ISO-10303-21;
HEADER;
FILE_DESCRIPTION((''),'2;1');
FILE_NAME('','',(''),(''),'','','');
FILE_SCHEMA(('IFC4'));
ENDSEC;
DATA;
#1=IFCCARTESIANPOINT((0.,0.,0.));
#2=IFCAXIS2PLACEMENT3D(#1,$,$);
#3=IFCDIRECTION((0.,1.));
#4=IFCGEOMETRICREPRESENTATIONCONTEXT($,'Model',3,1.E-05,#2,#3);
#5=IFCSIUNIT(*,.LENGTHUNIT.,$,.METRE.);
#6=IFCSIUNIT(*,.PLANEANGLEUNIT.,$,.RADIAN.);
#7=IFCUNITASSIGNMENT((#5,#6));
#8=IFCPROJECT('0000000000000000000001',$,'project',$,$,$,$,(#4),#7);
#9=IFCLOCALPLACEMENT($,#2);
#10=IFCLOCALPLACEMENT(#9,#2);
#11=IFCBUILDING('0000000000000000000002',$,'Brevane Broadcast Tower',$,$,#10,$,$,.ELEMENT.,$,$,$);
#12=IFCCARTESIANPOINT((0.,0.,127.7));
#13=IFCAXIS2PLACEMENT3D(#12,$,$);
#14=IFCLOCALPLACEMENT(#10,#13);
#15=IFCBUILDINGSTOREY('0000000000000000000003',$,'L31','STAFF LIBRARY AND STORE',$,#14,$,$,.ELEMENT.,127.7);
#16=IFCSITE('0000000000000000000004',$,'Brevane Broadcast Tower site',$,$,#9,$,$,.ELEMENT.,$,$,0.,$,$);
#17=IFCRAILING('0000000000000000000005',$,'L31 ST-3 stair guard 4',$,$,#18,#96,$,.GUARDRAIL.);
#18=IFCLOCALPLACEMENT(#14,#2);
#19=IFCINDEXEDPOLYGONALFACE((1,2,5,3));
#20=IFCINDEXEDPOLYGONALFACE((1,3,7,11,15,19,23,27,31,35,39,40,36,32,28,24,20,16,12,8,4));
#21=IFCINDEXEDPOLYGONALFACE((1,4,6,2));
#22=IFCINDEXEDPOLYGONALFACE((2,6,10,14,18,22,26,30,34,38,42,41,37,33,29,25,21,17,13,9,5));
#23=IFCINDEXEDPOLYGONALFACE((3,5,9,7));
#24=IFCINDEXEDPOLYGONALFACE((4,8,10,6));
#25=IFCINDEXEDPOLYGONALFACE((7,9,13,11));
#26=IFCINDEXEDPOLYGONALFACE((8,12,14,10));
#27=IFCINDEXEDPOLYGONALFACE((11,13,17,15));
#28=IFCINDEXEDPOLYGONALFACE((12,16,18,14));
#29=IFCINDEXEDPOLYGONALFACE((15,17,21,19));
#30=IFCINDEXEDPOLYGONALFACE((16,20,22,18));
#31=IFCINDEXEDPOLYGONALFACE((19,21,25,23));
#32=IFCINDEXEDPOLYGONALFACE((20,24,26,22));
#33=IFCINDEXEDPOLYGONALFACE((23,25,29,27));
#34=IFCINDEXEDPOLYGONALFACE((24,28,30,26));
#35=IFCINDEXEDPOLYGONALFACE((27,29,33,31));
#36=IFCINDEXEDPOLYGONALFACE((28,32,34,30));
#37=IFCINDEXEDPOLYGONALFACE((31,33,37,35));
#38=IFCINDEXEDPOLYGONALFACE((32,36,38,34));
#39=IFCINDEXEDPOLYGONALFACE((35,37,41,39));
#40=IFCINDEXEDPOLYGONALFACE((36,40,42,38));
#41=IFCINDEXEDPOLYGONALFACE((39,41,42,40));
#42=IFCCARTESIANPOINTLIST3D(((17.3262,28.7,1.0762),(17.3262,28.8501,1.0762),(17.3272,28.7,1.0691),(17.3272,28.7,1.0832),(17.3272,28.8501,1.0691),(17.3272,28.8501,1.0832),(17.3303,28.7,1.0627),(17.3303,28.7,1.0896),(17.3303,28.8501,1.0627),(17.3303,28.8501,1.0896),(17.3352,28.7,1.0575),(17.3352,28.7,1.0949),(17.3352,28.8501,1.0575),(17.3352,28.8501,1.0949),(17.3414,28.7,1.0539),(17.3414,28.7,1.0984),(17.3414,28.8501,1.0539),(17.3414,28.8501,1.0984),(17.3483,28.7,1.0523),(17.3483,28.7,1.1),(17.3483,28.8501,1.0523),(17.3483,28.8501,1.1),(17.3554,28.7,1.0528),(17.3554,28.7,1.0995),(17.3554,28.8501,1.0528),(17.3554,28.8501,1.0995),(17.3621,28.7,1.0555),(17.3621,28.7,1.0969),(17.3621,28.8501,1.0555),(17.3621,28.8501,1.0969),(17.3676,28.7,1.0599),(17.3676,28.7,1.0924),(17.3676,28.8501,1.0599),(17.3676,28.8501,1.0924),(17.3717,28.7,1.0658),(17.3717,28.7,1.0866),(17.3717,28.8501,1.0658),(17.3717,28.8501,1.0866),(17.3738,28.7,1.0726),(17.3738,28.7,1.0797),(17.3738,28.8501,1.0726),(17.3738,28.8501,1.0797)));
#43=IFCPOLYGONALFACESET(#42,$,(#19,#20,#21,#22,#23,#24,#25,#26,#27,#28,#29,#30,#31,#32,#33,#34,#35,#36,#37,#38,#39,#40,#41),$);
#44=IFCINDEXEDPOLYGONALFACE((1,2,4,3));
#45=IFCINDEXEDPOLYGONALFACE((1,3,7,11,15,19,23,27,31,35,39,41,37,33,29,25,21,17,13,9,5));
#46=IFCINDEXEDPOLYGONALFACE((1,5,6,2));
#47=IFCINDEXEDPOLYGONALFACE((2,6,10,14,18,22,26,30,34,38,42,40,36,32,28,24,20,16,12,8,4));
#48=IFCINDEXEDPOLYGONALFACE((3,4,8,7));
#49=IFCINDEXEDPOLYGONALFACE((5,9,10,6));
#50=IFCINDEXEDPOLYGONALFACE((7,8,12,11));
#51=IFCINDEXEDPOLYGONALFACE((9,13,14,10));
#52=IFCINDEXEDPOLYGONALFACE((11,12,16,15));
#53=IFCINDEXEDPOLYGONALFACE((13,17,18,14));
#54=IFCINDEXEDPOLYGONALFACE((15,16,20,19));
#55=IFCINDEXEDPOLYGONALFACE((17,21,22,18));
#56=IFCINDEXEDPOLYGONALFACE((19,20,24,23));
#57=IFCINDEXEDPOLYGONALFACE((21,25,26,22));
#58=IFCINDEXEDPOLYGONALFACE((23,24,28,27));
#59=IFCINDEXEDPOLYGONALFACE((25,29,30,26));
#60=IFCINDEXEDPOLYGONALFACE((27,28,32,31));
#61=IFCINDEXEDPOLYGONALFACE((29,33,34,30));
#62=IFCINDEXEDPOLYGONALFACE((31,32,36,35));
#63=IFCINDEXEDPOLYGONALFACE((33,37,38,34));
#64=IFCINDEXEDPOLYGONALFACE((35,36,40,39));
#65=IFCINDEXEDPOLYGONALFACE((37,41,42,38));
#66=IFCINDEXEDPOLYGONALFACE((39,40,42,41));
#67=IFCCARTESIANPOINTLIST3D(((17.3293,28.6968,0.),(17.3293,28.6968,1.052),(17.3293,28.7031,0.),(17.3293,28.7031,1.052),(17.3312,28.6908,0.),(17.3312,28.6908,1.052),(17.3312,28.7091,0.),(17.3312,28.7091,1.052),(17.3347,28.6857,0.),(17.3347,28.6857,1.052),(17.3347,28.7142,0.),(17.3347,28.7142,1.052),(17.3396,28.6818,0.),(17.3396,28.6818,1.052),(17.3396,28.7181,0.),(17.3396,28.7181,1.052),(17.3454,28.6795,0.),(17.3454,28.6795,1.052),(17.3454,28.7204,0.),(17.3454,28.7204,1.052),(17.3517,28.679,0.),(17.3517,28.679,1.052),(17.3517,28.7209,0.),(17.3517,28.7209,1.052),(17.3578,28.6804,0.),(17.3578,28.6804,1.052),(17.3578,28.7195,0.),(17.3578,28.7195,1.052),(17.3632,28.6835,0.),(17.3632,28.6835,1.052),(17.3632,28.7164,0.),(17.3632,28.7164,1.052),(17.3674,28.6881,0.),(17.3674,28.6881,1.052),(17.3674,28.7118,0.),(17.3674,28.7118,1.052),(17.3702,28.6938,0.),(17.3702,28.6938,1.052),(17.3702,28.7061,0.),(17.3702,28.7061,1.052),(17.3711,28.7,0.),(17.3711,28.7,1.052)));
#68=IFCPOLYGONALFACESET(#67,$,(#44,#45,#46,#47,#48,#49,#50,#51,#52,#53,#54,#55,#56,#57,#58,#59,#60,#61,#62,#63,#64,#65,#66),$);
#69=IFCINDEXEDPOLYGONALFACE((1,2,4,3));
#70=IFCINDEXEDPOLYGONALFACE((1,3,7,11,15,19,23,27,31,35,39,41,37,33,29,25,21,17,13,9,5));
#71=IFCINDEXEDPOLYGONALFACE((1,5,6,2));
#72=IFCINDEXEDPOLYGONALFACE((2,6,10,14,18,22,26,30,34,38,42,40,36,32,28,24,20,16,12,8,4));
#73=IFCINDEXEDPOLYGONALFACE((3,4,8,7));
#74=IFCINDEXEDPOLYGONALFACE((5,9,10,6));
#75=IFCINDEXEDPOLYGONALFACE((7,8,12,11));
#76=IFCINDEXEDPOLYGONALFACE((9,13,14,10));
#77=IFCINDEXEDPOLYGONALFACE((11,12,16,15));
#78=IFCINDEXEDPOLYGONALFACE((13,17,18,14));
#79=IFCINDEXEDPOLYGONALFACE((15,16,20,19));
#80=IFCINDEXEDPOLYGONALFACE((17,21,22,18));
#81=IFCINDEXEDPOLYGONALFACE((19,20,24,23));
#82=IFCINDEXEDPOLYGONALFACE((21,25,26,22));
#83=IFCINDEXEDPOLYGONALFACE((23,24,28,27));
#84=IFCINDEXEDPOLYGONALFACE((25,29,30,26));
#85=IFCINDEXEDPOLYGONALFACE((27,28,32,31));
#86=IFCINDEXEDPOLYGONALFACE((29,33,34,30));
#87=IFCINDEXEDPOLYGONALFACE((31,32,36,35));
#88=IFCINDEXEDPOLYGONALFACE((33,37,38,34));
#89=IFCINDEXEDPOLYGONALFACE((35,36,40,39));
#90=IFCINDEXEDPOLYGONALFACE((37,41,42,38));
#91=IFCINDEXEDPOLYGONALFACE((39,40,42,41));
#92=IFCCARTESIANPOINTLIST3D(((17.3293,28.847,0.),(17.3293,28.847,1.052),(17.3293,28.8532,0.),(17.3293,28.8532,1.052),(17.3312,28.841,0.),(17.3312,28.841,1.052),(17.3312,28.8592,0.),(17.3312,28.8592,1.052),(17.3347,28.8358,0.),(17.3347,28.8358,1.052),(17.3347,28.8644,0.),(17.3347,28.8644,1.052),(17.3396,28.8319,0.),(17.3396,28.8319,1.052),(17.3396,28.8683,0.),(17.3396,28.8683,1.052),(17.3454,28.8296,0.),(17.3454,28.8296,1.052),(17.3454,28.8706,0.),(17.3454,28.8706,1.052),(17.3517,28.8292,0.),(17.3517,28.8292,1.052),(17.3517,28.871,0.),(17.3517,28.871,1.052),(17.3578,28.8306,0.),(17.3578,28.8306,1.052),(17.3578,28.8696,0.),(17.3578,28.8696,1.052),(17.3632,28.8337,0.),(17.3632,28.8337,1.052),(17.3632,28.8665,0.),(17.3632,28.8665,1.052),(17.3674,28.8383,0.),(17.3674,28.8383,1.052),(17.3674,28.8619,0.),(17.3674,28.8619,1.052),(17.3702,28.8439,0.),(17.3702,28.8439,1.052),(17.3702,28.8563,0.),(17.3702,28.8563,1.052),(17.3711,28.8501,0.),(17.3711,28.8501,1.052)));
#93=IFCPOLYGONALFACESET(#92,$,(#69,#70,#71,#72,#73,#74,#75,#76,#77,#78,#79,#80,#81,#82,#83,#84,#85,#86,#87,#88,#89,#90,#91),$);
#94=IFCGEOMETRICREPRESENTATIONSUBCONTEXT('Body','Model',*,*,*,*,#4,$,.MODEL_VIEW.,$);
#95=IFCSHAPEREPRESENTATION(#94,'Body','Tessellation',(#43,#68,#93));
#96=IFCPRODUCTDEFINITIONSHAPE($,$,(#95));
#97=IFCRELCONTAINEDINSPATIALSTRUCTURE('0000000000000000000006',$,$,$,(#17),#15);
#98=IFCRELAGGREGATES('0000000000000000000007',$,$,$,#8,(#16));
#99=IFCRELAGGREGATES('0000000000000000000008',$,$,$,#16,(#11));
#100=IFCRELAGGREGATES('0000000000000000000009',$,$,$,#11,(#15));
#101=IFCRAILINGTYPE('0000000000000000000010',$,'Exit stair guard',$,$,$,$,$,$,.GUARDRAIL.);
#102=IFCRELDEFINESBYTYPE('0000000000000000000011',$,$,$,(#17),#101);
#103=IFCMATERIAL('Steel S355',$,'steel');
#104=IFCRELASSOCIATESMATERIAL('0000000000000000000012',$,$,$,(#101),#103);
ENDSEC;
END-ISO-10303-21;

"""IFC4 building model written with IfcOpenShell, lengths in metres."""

from ifc_helpers import new_model, si_unit, direction, frame, origin, origin_2d, place, context, subcontext, project, spatial, circle, extrude, material, type_object, element, save


model = new_model("IFC4")

# Units and contexts
model_context = context("Model", 3, precision=1e-05, world=origin(), true_north=direction((0.0, 1.0)))
body_context = subcontext(model_context, "Body", "Model", "MODEL_VIEW")
ifc_project = project(units=[si_unit("LENGTHUNIT", "METRE"), si_unit("PLANEANGLEUNIT", "RADIAN")], contexts=[model_context])

# Site, building, storey
site_placement = place(None, origin())
site = spatial("IfcSite", under=ifc_project, at=site_placement, Name="Brevane Broadcast Tower site", CompositionType="ELEMENT", RefElevation=0.0)
building_placement = place(site_placement, origin())
building = spatial("IfcBuilding", under=site, at=building_placement, Name="Brevane Broadcast Tower", CompositionType="ELEMENT")
storey_placement = place(building_placement, frame((0.0, 0.0, 127.7)))
storey = spatial("IfcBuildingStorey", under=building, at=storey_placement, Name="L31", Description="STAFF LIBRARY AND STORE", CompositionType="ELEMENT", Elevation=127.7)

# Railing
ifc_material_1 = material(Name="Steel S355", Category="steel")
railing_type_1 = type_object("IfcRailingType", Name="Exit stair guard", PredefinedType="GUARDRAIL", material=ifc_material_1)
railing_1_placement = place(storey_placement, frame((17.3501, 28.7, 0.0)))
element("IfcRailing", 1, at=railing_1_placement, inside=storey, type_object=railing_type_1, Name="L31 ST-3 stair guard 4", PredefinedType="GUARDRAIL", context=body_context, shape_type="SweptSolid", body=[
    extrude(circle(Radius=0.0239, at=origin_2d()), frame((0.0, 0.0, 1.0762), z_axis=(0.0, 1.0, 0.0), x_axis=(-1.0, 0.0, 0.0)), (0.0, 0.0, 1.0), 0.1501),
    extrude(circle(Radius=0.021, at=origin_2d()), origin(), (0.0, 0.0, 1.0), 1.052),
    extrude(circle(Radius=0.021, at=origin_2d()), frame((0.0, 0.1501, 0.0)), (0.0, 0.0, 1.0), 1.052),
])

save(model, "model.ifc")
